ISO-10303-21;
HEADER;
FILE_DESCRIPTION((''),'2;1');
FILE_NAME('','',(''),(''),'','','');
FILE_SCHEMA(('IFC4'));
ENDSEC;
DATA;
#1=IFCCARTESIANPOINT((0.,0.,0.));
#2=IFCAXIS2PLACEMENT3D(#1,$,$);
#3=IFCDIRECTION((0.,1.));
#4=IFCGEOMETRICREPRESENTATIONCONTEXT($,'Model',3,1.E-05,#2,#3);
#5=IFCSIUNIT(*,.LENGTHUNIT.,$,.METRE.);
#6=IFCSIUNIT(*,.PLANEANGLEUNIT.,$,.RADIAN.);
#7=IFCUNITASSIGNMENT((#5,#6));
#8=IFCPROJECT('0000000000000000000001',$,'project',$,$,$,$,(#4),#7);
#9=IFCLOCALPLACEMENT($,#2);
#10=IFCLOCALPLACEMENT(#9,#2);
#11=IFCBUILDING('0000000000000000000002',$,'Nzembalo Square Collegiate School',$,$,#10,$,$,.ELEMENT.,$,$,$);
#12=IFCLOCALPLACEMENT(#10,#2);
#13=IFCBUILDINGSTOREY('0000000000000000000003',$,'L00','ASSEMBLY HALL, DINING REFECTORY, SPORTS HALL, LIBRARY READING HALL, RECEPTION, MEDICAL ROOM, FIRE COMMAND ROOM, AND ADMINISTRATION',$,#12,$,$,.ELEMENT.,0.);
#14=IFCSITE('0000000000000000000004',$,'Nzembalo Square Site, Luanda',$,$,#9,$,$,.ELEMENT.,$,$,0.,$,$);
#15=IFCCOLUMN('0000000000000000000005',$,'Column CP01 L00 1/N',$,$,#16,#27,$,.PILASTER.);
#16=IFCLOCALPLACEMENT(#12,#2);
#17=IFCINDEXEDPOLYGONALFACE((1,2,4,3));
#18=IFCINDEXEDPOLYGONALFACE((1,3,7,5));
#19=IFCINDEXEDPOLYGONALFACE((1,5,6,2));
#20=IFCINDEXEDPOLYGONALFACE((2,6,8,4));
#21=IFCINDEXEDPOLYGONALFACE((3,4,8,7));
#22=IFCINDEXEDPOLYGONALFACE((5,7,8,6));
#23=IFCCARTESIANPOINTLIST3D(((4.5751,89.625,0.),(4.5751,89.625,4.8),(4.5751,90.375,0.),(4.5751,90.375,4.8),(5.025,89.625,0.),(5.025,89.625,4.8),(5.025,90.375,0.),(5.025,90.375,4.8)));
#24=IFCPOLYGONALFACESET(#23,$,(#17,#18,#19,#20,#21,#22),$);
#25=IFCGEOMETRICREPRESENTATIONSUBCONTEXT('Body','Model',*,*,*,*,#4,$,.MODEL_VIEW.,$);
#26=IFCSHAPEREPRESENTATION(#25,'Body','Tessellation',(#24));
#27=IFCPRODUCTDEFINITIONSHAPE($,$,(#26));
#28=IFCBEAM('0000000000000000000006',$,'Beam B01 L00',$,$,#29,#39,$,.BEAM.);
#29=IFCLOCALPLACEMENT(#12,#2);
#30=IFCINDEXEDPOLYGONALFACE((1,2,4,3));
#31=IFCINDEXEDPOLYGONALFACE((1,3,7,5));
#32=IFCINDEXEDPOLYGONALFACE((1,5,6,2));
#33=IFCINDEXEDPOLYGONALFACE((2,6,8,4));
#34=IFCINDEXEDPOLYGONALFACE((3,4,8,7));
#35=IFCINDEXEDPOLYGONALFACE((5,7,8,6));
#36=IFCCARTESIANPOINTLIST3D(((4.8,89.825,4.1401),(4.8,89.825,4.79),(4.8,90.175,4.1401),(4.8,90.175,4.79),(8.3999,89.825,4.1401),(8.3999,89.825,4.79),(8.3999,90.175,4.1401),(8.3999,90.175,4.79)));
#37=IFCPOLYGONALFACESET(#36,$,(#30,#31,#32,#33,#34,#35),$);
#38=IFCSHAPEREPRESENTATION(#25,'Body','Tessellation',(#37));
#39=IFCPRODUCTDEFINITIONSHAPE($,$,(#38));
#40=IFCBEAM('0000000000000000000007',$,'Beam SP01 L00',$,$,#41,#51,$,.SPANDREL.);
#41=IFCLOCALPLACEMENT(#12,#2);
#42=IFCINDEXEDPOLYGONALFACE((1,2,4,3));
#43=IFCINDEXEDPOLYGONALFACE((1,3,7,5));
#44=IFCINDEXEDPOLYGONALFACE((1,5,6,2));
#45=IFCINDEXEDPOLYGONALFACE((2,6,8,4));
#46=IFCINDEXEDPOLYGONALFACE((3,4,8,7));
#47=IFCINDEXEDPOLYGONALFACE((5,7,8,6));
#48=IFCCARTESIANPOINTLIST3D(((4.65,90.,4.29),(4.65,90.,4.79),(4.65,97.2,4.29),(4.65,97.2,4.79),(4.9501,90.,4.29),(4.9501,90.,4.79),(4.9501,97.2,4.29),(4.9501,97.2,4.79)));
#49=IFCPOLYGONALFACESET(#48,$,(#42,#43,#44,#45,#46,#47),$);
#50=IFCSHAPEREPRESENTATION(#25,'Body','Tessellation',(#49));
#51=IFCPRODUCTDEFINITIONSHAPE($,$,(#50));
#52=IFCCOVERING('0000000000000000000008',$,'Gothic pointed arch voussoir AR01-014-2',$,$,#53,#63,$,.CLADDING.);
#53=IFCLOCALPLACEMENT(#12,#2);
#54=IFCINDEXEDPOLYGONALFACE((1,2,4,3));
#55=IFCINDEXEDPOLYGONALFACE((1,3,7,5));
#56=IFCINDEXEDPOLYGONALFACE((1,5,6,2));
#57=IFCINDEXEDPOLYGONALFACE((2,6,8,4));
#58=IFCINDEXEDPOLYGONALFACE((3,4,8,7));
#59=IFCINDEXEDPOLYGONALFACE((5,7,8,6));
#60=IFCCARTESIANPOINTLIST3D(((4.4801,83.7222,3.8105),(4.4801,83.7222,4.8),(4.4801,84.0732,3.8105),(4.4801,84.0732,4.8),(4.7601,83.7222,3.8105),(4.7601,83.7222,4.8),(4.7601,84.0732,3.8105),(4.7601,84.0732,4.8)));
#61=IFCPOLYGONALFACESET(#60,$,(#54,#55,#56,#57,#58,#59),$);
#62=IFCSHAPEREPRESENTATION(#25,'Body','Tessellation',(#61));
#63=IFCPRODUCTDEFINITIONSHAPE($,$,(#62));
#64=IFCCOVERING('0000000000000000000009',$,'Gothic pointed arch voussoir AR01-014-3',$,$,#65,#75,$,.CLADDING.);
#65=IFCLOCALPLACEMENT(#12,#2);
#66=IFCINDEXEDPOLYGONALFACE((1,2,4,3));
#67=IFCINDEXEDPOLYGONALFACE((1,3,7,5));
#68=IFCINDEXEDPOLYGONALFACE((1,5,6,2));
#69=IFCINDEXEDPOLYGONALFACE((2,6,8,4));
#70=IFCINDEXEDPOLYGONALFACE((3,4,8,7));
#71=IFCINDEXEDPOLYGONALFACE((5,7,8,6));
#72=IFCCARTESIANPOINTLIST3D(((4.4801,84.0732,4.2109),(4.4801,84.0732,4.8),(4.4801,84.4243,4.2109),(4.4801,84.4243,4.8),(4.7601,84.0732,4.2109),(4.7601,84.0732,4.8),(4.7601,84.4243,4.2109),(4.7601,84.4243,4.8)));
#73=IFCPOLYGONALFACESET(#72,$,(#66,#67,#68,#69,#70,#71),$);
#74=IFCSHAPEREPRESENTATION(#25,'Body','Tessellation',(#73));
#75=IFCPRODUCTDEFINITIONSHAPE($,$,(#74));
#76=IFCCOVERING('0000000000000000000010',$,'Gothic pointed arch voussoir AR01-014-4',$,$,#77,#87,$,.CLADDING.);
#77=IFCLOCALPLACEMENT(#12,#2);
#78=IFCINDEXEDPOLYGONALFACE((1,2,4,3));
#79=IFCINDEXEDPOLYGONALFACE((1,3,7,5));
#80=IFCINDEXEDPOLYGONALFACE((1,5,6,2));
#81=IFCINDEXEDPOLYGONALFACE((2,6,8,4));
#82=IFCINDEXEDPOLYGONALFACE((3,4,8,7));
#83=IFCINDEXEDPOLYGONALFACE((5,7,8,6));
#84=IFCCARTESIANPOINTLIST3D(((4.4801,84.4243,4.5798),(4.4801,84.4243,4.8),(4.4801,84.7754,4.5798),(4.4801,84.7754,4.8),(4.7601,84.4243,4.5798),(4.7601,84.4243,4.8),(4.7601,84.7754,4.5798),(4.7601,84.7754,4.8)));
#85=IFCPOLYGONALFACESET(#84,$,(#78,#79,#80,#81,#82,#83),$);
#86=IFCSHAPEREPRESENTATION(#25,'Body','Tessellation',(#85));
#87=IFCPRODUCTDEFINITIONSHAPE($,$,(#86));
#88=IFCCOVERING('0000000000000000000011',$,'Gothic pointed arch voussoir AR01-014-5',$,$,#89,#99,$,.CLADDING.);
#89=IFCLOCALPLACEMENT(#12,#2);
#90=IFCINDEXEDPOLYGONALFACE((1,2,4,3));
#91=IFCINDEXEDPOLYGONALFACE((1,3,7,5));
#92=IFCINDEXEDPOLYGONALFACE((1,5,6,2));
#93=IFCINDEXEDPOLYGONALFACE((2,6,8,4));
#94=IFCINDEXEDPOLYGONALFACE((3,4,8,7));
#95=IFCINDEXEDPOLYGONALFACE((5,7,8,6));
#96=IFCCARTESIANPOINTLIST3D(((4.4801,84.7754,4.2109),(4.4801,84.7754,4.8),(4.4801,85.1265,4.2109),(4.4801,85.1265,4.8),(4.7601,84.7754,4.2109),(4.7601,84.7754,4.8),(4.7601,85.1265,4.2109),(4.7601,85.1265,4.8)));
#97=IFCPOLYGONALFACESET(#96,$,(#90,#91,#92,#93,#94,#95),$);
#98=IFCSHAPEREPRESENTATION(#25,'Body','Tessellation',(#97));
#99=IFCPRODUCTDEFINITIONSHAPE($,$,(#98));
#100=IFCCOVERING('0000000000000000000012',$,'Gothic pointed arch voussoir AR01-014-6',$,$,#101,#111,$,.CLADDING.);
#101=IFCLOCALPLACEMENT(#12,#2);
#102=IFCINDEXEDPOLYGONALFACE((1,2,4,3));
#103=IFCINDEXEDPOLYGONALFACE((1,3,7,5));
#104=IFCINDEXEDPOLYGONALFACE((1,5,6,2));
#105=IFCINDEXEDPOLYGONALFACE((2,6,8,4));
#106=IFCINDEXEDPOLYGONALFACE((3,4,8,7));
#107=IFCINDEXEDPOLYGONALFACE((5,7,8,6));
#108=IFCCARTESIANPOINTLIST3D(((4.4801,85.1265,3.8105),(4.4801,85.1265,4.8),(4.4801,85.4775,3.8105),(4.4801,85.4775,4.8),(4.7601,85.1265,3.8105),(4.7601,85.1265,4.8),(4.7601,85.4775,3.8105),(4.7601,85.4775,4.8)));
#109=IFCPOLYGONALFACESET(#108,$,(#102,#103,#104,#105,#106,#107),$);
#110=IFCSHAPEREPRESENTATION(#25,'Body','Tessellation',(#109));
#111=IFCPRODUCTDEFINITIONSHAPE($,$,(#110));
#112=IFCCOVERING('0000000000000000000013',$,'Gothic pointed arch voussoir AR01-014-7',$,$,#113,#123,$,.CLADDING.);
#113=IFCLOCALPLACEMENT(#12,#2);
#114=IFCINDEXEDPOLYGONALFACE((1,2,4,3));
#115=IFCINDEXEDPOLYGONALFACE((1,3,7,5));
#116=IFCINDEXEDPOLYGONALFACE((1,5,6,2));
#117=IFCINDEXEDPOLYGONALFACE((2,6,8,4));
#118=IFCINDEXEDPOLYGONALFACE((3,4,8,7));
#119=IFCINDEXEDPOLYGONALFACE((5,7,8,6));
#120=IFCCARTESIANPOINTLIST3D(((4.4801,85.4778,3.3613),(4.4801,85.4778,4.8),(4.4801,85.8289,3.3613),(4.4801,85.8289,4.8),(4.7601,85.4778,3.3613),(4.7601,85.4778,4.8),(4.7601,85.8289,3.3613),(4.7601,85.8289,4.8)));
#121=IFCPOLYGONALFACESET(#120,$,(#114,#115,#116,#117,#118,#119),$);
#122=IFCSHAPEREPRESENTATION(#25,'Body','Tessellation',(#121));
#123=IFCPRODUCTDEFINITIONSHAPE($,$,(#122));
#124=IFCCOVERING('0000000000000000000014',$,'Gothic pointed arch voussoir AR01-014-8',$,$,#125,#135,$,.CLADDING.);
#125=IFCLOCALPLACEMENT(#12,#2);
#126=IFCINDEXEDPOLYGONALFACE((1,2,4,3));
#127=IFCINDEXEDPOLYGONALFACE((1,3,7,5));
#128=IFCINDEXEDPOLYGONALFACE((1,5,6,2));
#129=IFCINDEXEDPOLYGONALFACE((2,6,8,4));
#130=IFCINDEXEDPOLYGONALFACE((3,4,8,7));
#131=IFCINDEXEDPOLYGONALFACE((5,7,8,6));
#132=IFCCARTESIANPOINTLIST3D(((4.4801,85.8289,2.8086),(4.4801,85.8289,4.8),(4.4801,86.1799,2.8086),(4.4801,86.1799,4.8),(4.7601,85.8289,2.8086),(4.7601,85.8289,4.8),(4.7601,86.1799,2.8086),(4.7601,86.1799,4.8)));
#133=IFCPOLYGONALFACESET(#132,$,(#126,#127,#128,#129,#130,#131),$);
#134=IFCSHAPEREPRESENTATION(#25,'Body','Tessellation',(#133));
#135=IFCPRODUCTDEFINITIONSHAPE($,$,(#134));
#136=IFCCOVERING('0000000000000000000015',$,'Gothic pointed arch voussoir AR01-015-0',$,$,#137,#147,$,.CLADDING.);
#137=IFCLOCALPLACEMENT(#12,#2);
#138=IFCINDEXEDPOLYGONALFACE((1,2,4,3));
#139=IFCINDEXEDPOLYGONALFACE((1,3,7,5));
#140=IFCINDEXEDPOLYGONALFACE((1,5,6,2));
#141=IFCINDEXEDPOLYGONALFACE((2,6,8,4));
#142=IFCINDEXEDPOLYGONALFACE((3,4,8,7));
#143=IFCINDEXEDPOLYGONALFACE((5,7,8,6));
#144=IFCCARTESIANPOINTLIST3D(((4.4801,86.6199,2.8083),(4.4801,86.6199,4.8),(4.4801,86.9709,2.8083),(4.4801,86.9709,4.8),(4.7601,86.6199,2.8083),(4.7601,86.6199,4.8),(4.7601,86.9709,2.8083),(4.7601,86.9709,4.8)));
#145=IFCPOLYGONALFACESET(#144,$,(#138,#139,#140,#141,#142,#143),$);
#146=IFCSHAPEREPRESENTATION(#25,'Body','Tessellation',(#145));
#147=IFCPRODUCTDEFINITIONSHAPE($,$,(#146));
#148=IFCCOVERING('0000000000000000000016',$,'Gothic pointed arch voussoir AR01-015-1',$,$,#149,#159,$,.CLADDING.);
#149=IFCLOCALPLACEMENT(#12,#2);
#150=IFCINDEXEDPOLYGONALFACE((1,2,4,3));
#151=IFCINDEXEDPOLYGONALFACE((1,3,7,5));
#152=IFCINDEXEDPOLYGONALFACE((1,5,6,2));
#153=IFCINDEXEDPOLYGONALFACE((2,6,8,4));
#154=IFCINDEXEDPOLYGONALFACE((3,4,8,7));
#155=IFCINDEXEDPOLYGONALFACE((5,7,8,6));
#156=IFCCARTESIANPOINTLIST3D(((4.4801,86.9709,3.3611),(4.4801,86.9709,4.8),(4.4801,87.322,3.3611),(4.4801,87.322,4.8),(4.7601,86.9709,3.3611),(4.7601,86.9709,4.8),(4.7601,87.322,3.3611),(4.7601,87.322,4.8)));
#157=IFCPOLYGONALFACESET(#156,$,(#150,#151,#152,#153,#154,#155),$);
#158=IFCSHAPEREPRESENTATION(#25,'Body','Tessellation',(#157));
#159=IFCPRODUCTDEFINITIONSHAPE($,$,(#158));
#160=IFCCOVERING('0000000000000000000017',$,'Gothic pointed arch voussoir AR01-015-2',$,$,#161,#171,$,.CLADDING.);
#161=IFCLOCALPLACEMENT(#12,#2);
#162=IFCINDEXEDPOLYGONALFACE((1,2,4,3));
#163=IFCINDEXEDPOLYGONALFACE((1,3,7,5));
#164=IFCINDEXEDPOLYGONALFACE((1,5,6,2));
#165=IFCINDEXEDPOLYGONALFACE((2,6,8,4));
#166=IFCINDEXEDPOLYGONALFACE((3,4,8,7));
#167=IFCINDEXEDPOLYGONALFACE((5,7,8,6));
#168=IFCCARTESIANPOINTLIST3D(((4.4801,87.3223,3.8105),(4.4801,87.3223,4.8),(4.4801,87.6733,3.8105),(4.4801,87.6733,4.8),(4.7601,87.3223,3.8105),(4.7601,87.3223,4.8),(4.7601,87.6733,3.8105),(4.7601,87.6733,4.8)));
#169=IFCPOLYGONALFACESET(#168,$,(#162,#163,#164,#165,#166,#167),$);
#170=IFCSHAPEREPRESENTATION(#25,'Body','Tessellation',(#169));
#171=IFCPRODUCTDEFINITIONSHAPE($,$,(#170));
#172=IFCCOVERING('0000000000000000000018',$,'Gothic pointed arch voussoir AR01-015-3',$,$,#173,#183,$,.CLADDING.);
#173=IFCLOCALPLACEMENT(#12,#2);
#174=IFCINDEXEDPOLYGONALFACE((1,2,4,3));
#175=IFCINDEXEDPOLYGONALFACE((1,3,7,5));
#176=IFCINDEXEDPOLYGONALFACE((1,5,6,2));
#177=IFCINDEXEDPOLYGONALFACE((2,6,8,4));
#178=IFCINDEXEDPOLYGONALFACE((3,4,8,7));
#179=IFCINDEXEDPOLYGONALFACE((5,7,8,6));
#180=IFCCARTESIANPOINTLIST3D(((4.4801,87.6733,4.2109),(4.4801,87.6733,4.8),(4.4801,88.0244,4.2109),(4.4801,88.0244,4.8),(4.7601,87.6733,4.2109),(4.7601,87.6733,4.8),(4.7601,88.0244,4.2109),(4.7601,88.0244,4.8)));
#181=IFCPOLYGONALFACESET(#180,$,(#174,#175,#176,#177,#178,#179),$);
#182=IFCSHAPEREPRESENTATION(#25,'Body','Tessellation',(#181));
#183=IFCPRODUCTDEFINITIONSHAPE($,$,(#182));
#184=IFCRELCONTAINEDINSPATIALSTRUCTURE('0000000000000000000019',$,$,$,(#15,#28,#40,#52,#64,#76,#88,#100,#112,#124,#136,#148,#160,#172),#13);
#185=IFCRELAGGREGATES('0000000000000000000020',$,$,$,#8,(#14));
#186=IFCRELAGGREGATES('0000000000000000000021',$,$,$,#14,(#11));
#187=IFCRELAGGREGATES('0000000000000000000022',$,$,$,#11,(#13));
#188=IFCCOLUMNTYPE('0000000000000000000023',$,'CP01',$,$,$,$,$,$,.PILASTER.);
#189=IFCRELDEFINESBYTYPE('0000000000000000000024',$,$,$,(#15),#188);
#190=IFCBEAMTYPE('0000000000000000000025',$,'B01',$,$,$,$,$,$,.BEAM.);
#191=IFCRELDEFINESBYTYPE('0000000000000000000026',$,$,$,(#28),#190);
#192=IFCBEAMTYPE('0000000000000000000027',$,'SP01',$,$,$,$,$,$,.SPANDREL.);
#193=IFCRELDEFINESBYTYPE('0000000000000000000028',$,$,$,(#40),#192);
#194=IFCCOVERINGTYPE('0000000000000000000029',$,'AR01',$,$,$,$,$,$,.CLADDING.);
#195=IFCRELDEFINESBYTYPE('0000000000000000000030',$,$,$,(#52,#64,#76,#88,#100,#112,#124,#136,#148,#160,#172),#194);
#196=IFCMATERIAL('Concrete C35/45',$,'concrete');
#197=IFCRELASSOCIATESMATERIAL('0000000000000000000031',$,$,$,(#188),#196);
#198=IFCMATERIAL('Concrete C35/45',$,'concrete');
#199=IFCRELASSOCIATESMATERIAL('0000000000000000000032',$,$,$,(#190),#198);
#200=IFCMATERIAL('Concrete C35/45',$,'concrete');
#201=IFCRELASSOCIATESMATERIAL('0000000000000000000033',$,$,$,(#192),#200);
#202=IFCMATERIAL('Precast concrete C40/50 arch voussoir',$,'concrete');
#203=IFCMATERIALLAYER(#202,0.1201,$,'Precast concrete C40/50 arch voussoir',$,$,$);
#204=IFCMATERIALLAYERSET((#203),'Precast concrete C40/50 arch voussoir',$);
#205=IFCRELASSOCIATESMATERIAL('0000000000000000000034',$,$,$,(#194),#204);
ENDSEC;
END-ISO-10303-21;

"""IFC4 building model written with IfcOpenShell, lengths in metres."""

from ifc_helpers import new_model, si_unit, direction, frame, origin, origin_2d, place, context, subcontext, project, spatial, rectangle, extrude, material, layer, layer_set, material_profile, profile_set, type_object, element, save


model = new_model("IFC4")

# Units and contexts
model_context = context("Model", 3, precision=1e-05, world=origin(), true_north=direction((0.0, 1.0)))
body_context = subcontext(model_context, "Body", "Model", "MODEL_VIEW")
ifc_project = project(units=[si_unit("LENGTHUNIT", "METRE"), si_unit("PLANEANGLEUNIT", "RADIAN")], contexts=[model_context])

# Site, building, storey
site_placement = place(None, origin())
site = spatial("IfcSite", under=ifc_project, at=site_placement, Name="Nzembalo Square Site, Luanda", CompositionType="ELEMENT", RefElevation=0.0)
building_placement = place(site_placement, origin())
building = spatial("IfcBuilding", under=site, at=building_placement, Name="Nzembalo Square Collegiate School", CompositionType="ELEMENT")
storey_placement = place(building_placement, origin())
storey = spatial("IfcBuildingStorey", under=building, at=storey_placement, Name="L00", Description="ASSEMBLY HALL, DINING REFECTORY, SPORTS HALL, LIBRARY READING HALL, RECEPTION, MEDICAL ROOM, FIRE COMMAND ROOM, AND ADMINISTRATION", CompositionType="ELEMENT", Elevation=0.0)

# Column
ifc_material_1 = material(Name="Concrete C35/45", Category="concrete")
ifc_material_profile_1 = material_profile(ifc_material_1, rectangle(XDim=0.45, YDim=0.75, at=origin_2d()), Name="RC 450x750")
ifc_profile_set_1 = profile_set([ifc_material_profile_1], Name="Concrete C35/45")
column_type = type_object("IfcColumnType", Name="CP01", PredefinedType="PILASTER", material=ifc_profile_set_1)
column_placement = place(storey_placement, frame((4.8, 90.0, 0.0), z_axis=(0.0, 0.0, 1.0), x_axis=(1.0, 0.0, 0.0)))
element("IfcColumn", 1, at=column_placement, inside=storey, type_object=column_type, Name="Column CP01 L00 1/N", PredefinedType="PILASTER", context=body_context, shape_type="SweptSolid", body=[
    extrude(rectangle(XDim=0.45, YDim=0.75, at=origin_2d()), origin(), (0.0, 0.0, 1.0), 4.8),
])

# Beams
ifc_material_2 = material(Name="Concrete C35/45", Category="concrete")
ifc_material_profile_2 = material_profile(ifc_material_2, rectangle(XDim=0.3501, YDim=0.6499, at=origin_2d()), Name="RC 350x650")
ifc_profile_set_2 = profile_set([ifc_material_profile_2], Name="Concrete C35/45")
beam_type_1 = type_object("IfcBeamType", Name="B01", PredefinedType="BEAM", material=ifc_profile_set_2)
beam_1_placement = place(storey_placement, frame((4.8, 90.0, 4.4651), z_axis=(1.0, 0.0, 0.0), x_axis=(0.0, 1.0, 0.0)))
element("IfcBeam", 2, at=beam_1_placement, inside=storey, type_object=beam_type_1, Name="Beam B01 L00", PredefinedType="BEAM", context=body_context, shape_type="SweptSolid", body=[
    extrude(rectangle(XDim=0.3501, YDim=0.6499, at=origin_2d()), origin(), (0.0, 0.0, 1.0), 3.5999),
])
ifc_material_3 = material(Name="Concrete C35/45", Category="concrete")
ifc_material_profile_3 = material_profile(ifc_material_3, rectangle(XDim=0.3, YDim=0.5, at=origin_2d()), Name="RC 300x500")
ifc_profile_set_3 = profile_set([ifc_material_profile_3], Name="Concrete C35/45")
beam_type_2 = type_object("IfcBeamType", Name="SP01", PredefinedType="SPANDREL", material=ifc_profile_set_3)
beam_2_placement = place(storey_placement, frame((4.8, 90.0, 4.54), z_axis=(0.0, 1.0, 0.0), x_axis=(-1.0, 0.0, 0.0)))
element("IfcBeam", 3, at=beam_2_placement, inside=storey, type_object=beam_type_2, Name="Beam SP01 L00", PredefinedType="SPANDREL", context=body_context, shape_type="SweptSolid", body=[
    extrude(rectangle(XDim=0.3, YDim=0.5, at=origin_2d()), origin(), (0.0, 0.0, 1.0), 7.2),
])

# Coverings
ifc_material_4 = material(Name="Precast concrete C40/50 arch voussoir", Category="concrete")
ifc_layer = layer(ifc_material_4, 0.1201, Name="Precast concrete C40/50 arch voussoir")
ifc_layer_set = layer_set([ifc_layer], Name="Precast concrete C40/50 arch voussoir")
covering_type = type_object("IfcCoveringType", Name="AR01", PredefinedType="CLADDING", material=ifc_layer_set)
covering_1_placement = place(storey_placement, frame((4.6201, 83.8977, 3.8105), z_axis=(0.0, 0.0, 1.0), x_axis=(1.0, 0.0, 0.0)))
element("IfcCovering", 4, at=covering_1_placement, inside=storey, type_object=covering_type, Name="Gothic pointed arch voussoir AR01-014-2", PredefinedType="CLADDING", context=body_context, shape_type="SweptSolid", body=[
    extrude(rectangle(XDim=0.28, YDim=0.3511, at=origin_2d()), origin(), (0.0, 0.0, 1.0), 0.9895),
])
covering_2_placement = place(storey_placement, frame((4.6201, 84.2488, 4.2109), z_axis=(0.0, 0.0, 1.0), x_axis=(1.0, 0.0, 0.0)))
element("IfcCovering", 5, at=covering_2_placement, inside=storey, type_object=covering_type, Name="Gothic pointed arch voussoir AR01-014-3", PredefinedType="CLADDING", context=body_context, shape_type="SweptSolid", body=[
    extrude(rectangle(XDim=0.28, YDim=0.3511, at=origin_2d()), origin(), (0.0, 0.0, 1.0), 0.5891),
])
covering_3_placement = place(storey_placement, frame((4.6201, 84.5999, 4.5798), z_axis=(0.0, 0.0, 1.0), x_axis=(1.0, 0.0, 0.0)))
element("IfcCovering", 6, at=covering_3_placement, inside=storey, type_object=covering_type, Name="Gothic pointed arch voussoir AR01-014-4", PredefinedType="CLADDING", context=body_context, shape_type="SweptSolid", body=[
    extrude(rectangle(XDim=0.28, YDim=0.3511, at=origin_2d()), origin(), (0.0, 0.0, 1.0), 0.2202),
])
covering_4_placement = place(storey_placement, frame((4.6201, 84.9509, 4.2109), z_axis=(0.0, 0.0, 1.0), x_axis=(1.0, 0.0, 0.0)))
element("IfcCovering", 7, at=covering_4_placement, inside=storey, type_object=covering_type, Name="Gothic pointed arch voussoir AR01-014-5", PredefinedType="CLADDING", context=body_context, shape_type="SweptSolid", body=[
    extrude(rectangle(XDim=0.28, YDim=0.3511, at=origin_2d()), origin(), (0.0, 0.0, 1.0), 0.5891),
])
covering_5_placement = place(storey_placement, frame((4.6201, 85.302, 3.8105), z_axis=(0.0, 0.0, 1.0), x_axis=(1.0, 0.0, 0.0)))
element("IfcCovering", 8, at=covering_5_placement, inside=storey, type_object=covering_type, Name="Gothic pointed arch voussoir AR01-014-6", PredefinedType="CLADDING", context=body_context, shape_type="SweptSolid", body=[
    extrude(rectangle(XDim=0.28, YDim=0.3511, at=origin_2d()), origin(), (0.0, 0.0, 1.0), 0.9895),
])
covering_6_placement = place(storey_placement, frame((4.6201, 85.6533, 3.3613), z_axis=(0.0, 0.0, 1.0), x_axis=(1.0, 0.0, 0.0)))
element("IfcCovering", 9, at=covering_6_placement, inside=storey, type_object=covering_type, Name="Gothic pointed arch voussoir AR01-014-7", PredefinedType="CLADDING", context=body_context, shape_type="SweptSolid", body=[
    extrude(rectangle(XDim=0.28, YDim=0.3511, at=origin_2d()), origin(), (0.0, 0.0, 1.0), 1.4387),
])
covering_7_placement = place(storey_placement, frame((4.6201, 86.0044, 2.8086), z_axis=(0.0, 0.0, 1.0), x_axis=(1.0, 0.0, 0.0)))
element("IfcCovering", 10, at=covering_7_placement, inside=storey, type_object=covering_type, Name="Gothic pointed arch voussoir AR01-014-8", PredefinedType="CLADDING", context=body_context, shape_type="SweptSolid", body=[
    extrude(rectangle(XDim=0.28, YDim=0.3511, at=origin_2d()), origin(), (0.0, 0.0, 1.0), 1.9915),
])
covering_8_placement = place(storey_placement, frame((4.6201, 86.7954, 2.8083), z_axis=(0.0, 0.0, 1.0), x_axis=(1.0, 0.0, 0.0)))
element("IfcCovering", 11, at=covering_8_placement, inside=storey, type_object=covering_type, Name="Gothic pointed arch voussoir AR01-015-0", PredefinedType="CLADDING", context=body_context, shape_type="SweptSolid", body=[
    extrude(rectangle(XDim=0.28, YDim=0.3511, at=origin_2d()), origin(), (0.0, 0.0, 1.0), 1.9917),
])
covering_9_placement = place(storey_placement, frame((4.6201, 87.1465, 3.3611), z_axis=(0.0, 0.0, 1.0), x_axis=(1.0, 0.0, 0.0)))
element("IfcCovering", 12, at=covering_9_placement, inside=storey, type_object=covering_type, Name="Gothic pointed arch voussoir AR01-015-1", PredefinedType="CLADDING", context=body_context, shape_type="SweptSolid", body=[
    extrude(rectangle(XDim=0.28, YDim=0.3511, at=origin_2d()), origin(), (0.0, 0.0, 1.0), 1.439),
])
covering_10_placement = place(storey_placement, frame((4.6201, 87.4978, 3.8105), z_axis=(0.0, 0.0, 1.0), x_axis=(1.0, 0.0, 0.0)))
element("IfcCovering", 13, at=covering_10_placement, inside=storey, type_object=covering_type, Name="Gothic pointed arch voussoir AR01-015-2", PredefinedType="CLADDING", context=body_context, shape_type="SweptSolid", body=[
    extrude(rectangle(XDim=0.28, YDim=0.3511, at=origin_2d()), origin(), (0.0, 0.0, 1.0), 0.9895),
])
covering_11_placement = place(storey_placement, frame((4.6201, 87.8489, 4.2109), z_axis=(0.0, 0.0, 1.0), x_axis=(1.0, 0.0, 0.0)))
element("IfcCovering", 14, at=covering_11_placement, inside=storey, type_object=covering_type, Name="Gothic pointed arch voussoir AR01-015-3", PredefinedType="CLADDING", context=body_context, shape_type="SweptSolid", body=[
    extrude(rectangle(XDim=0.28, YDim=0.3511, at=origin_2d()), origin(), (0.0, 0.0, 1.0), 0.5891),
])

save(model, "model.ifc")
